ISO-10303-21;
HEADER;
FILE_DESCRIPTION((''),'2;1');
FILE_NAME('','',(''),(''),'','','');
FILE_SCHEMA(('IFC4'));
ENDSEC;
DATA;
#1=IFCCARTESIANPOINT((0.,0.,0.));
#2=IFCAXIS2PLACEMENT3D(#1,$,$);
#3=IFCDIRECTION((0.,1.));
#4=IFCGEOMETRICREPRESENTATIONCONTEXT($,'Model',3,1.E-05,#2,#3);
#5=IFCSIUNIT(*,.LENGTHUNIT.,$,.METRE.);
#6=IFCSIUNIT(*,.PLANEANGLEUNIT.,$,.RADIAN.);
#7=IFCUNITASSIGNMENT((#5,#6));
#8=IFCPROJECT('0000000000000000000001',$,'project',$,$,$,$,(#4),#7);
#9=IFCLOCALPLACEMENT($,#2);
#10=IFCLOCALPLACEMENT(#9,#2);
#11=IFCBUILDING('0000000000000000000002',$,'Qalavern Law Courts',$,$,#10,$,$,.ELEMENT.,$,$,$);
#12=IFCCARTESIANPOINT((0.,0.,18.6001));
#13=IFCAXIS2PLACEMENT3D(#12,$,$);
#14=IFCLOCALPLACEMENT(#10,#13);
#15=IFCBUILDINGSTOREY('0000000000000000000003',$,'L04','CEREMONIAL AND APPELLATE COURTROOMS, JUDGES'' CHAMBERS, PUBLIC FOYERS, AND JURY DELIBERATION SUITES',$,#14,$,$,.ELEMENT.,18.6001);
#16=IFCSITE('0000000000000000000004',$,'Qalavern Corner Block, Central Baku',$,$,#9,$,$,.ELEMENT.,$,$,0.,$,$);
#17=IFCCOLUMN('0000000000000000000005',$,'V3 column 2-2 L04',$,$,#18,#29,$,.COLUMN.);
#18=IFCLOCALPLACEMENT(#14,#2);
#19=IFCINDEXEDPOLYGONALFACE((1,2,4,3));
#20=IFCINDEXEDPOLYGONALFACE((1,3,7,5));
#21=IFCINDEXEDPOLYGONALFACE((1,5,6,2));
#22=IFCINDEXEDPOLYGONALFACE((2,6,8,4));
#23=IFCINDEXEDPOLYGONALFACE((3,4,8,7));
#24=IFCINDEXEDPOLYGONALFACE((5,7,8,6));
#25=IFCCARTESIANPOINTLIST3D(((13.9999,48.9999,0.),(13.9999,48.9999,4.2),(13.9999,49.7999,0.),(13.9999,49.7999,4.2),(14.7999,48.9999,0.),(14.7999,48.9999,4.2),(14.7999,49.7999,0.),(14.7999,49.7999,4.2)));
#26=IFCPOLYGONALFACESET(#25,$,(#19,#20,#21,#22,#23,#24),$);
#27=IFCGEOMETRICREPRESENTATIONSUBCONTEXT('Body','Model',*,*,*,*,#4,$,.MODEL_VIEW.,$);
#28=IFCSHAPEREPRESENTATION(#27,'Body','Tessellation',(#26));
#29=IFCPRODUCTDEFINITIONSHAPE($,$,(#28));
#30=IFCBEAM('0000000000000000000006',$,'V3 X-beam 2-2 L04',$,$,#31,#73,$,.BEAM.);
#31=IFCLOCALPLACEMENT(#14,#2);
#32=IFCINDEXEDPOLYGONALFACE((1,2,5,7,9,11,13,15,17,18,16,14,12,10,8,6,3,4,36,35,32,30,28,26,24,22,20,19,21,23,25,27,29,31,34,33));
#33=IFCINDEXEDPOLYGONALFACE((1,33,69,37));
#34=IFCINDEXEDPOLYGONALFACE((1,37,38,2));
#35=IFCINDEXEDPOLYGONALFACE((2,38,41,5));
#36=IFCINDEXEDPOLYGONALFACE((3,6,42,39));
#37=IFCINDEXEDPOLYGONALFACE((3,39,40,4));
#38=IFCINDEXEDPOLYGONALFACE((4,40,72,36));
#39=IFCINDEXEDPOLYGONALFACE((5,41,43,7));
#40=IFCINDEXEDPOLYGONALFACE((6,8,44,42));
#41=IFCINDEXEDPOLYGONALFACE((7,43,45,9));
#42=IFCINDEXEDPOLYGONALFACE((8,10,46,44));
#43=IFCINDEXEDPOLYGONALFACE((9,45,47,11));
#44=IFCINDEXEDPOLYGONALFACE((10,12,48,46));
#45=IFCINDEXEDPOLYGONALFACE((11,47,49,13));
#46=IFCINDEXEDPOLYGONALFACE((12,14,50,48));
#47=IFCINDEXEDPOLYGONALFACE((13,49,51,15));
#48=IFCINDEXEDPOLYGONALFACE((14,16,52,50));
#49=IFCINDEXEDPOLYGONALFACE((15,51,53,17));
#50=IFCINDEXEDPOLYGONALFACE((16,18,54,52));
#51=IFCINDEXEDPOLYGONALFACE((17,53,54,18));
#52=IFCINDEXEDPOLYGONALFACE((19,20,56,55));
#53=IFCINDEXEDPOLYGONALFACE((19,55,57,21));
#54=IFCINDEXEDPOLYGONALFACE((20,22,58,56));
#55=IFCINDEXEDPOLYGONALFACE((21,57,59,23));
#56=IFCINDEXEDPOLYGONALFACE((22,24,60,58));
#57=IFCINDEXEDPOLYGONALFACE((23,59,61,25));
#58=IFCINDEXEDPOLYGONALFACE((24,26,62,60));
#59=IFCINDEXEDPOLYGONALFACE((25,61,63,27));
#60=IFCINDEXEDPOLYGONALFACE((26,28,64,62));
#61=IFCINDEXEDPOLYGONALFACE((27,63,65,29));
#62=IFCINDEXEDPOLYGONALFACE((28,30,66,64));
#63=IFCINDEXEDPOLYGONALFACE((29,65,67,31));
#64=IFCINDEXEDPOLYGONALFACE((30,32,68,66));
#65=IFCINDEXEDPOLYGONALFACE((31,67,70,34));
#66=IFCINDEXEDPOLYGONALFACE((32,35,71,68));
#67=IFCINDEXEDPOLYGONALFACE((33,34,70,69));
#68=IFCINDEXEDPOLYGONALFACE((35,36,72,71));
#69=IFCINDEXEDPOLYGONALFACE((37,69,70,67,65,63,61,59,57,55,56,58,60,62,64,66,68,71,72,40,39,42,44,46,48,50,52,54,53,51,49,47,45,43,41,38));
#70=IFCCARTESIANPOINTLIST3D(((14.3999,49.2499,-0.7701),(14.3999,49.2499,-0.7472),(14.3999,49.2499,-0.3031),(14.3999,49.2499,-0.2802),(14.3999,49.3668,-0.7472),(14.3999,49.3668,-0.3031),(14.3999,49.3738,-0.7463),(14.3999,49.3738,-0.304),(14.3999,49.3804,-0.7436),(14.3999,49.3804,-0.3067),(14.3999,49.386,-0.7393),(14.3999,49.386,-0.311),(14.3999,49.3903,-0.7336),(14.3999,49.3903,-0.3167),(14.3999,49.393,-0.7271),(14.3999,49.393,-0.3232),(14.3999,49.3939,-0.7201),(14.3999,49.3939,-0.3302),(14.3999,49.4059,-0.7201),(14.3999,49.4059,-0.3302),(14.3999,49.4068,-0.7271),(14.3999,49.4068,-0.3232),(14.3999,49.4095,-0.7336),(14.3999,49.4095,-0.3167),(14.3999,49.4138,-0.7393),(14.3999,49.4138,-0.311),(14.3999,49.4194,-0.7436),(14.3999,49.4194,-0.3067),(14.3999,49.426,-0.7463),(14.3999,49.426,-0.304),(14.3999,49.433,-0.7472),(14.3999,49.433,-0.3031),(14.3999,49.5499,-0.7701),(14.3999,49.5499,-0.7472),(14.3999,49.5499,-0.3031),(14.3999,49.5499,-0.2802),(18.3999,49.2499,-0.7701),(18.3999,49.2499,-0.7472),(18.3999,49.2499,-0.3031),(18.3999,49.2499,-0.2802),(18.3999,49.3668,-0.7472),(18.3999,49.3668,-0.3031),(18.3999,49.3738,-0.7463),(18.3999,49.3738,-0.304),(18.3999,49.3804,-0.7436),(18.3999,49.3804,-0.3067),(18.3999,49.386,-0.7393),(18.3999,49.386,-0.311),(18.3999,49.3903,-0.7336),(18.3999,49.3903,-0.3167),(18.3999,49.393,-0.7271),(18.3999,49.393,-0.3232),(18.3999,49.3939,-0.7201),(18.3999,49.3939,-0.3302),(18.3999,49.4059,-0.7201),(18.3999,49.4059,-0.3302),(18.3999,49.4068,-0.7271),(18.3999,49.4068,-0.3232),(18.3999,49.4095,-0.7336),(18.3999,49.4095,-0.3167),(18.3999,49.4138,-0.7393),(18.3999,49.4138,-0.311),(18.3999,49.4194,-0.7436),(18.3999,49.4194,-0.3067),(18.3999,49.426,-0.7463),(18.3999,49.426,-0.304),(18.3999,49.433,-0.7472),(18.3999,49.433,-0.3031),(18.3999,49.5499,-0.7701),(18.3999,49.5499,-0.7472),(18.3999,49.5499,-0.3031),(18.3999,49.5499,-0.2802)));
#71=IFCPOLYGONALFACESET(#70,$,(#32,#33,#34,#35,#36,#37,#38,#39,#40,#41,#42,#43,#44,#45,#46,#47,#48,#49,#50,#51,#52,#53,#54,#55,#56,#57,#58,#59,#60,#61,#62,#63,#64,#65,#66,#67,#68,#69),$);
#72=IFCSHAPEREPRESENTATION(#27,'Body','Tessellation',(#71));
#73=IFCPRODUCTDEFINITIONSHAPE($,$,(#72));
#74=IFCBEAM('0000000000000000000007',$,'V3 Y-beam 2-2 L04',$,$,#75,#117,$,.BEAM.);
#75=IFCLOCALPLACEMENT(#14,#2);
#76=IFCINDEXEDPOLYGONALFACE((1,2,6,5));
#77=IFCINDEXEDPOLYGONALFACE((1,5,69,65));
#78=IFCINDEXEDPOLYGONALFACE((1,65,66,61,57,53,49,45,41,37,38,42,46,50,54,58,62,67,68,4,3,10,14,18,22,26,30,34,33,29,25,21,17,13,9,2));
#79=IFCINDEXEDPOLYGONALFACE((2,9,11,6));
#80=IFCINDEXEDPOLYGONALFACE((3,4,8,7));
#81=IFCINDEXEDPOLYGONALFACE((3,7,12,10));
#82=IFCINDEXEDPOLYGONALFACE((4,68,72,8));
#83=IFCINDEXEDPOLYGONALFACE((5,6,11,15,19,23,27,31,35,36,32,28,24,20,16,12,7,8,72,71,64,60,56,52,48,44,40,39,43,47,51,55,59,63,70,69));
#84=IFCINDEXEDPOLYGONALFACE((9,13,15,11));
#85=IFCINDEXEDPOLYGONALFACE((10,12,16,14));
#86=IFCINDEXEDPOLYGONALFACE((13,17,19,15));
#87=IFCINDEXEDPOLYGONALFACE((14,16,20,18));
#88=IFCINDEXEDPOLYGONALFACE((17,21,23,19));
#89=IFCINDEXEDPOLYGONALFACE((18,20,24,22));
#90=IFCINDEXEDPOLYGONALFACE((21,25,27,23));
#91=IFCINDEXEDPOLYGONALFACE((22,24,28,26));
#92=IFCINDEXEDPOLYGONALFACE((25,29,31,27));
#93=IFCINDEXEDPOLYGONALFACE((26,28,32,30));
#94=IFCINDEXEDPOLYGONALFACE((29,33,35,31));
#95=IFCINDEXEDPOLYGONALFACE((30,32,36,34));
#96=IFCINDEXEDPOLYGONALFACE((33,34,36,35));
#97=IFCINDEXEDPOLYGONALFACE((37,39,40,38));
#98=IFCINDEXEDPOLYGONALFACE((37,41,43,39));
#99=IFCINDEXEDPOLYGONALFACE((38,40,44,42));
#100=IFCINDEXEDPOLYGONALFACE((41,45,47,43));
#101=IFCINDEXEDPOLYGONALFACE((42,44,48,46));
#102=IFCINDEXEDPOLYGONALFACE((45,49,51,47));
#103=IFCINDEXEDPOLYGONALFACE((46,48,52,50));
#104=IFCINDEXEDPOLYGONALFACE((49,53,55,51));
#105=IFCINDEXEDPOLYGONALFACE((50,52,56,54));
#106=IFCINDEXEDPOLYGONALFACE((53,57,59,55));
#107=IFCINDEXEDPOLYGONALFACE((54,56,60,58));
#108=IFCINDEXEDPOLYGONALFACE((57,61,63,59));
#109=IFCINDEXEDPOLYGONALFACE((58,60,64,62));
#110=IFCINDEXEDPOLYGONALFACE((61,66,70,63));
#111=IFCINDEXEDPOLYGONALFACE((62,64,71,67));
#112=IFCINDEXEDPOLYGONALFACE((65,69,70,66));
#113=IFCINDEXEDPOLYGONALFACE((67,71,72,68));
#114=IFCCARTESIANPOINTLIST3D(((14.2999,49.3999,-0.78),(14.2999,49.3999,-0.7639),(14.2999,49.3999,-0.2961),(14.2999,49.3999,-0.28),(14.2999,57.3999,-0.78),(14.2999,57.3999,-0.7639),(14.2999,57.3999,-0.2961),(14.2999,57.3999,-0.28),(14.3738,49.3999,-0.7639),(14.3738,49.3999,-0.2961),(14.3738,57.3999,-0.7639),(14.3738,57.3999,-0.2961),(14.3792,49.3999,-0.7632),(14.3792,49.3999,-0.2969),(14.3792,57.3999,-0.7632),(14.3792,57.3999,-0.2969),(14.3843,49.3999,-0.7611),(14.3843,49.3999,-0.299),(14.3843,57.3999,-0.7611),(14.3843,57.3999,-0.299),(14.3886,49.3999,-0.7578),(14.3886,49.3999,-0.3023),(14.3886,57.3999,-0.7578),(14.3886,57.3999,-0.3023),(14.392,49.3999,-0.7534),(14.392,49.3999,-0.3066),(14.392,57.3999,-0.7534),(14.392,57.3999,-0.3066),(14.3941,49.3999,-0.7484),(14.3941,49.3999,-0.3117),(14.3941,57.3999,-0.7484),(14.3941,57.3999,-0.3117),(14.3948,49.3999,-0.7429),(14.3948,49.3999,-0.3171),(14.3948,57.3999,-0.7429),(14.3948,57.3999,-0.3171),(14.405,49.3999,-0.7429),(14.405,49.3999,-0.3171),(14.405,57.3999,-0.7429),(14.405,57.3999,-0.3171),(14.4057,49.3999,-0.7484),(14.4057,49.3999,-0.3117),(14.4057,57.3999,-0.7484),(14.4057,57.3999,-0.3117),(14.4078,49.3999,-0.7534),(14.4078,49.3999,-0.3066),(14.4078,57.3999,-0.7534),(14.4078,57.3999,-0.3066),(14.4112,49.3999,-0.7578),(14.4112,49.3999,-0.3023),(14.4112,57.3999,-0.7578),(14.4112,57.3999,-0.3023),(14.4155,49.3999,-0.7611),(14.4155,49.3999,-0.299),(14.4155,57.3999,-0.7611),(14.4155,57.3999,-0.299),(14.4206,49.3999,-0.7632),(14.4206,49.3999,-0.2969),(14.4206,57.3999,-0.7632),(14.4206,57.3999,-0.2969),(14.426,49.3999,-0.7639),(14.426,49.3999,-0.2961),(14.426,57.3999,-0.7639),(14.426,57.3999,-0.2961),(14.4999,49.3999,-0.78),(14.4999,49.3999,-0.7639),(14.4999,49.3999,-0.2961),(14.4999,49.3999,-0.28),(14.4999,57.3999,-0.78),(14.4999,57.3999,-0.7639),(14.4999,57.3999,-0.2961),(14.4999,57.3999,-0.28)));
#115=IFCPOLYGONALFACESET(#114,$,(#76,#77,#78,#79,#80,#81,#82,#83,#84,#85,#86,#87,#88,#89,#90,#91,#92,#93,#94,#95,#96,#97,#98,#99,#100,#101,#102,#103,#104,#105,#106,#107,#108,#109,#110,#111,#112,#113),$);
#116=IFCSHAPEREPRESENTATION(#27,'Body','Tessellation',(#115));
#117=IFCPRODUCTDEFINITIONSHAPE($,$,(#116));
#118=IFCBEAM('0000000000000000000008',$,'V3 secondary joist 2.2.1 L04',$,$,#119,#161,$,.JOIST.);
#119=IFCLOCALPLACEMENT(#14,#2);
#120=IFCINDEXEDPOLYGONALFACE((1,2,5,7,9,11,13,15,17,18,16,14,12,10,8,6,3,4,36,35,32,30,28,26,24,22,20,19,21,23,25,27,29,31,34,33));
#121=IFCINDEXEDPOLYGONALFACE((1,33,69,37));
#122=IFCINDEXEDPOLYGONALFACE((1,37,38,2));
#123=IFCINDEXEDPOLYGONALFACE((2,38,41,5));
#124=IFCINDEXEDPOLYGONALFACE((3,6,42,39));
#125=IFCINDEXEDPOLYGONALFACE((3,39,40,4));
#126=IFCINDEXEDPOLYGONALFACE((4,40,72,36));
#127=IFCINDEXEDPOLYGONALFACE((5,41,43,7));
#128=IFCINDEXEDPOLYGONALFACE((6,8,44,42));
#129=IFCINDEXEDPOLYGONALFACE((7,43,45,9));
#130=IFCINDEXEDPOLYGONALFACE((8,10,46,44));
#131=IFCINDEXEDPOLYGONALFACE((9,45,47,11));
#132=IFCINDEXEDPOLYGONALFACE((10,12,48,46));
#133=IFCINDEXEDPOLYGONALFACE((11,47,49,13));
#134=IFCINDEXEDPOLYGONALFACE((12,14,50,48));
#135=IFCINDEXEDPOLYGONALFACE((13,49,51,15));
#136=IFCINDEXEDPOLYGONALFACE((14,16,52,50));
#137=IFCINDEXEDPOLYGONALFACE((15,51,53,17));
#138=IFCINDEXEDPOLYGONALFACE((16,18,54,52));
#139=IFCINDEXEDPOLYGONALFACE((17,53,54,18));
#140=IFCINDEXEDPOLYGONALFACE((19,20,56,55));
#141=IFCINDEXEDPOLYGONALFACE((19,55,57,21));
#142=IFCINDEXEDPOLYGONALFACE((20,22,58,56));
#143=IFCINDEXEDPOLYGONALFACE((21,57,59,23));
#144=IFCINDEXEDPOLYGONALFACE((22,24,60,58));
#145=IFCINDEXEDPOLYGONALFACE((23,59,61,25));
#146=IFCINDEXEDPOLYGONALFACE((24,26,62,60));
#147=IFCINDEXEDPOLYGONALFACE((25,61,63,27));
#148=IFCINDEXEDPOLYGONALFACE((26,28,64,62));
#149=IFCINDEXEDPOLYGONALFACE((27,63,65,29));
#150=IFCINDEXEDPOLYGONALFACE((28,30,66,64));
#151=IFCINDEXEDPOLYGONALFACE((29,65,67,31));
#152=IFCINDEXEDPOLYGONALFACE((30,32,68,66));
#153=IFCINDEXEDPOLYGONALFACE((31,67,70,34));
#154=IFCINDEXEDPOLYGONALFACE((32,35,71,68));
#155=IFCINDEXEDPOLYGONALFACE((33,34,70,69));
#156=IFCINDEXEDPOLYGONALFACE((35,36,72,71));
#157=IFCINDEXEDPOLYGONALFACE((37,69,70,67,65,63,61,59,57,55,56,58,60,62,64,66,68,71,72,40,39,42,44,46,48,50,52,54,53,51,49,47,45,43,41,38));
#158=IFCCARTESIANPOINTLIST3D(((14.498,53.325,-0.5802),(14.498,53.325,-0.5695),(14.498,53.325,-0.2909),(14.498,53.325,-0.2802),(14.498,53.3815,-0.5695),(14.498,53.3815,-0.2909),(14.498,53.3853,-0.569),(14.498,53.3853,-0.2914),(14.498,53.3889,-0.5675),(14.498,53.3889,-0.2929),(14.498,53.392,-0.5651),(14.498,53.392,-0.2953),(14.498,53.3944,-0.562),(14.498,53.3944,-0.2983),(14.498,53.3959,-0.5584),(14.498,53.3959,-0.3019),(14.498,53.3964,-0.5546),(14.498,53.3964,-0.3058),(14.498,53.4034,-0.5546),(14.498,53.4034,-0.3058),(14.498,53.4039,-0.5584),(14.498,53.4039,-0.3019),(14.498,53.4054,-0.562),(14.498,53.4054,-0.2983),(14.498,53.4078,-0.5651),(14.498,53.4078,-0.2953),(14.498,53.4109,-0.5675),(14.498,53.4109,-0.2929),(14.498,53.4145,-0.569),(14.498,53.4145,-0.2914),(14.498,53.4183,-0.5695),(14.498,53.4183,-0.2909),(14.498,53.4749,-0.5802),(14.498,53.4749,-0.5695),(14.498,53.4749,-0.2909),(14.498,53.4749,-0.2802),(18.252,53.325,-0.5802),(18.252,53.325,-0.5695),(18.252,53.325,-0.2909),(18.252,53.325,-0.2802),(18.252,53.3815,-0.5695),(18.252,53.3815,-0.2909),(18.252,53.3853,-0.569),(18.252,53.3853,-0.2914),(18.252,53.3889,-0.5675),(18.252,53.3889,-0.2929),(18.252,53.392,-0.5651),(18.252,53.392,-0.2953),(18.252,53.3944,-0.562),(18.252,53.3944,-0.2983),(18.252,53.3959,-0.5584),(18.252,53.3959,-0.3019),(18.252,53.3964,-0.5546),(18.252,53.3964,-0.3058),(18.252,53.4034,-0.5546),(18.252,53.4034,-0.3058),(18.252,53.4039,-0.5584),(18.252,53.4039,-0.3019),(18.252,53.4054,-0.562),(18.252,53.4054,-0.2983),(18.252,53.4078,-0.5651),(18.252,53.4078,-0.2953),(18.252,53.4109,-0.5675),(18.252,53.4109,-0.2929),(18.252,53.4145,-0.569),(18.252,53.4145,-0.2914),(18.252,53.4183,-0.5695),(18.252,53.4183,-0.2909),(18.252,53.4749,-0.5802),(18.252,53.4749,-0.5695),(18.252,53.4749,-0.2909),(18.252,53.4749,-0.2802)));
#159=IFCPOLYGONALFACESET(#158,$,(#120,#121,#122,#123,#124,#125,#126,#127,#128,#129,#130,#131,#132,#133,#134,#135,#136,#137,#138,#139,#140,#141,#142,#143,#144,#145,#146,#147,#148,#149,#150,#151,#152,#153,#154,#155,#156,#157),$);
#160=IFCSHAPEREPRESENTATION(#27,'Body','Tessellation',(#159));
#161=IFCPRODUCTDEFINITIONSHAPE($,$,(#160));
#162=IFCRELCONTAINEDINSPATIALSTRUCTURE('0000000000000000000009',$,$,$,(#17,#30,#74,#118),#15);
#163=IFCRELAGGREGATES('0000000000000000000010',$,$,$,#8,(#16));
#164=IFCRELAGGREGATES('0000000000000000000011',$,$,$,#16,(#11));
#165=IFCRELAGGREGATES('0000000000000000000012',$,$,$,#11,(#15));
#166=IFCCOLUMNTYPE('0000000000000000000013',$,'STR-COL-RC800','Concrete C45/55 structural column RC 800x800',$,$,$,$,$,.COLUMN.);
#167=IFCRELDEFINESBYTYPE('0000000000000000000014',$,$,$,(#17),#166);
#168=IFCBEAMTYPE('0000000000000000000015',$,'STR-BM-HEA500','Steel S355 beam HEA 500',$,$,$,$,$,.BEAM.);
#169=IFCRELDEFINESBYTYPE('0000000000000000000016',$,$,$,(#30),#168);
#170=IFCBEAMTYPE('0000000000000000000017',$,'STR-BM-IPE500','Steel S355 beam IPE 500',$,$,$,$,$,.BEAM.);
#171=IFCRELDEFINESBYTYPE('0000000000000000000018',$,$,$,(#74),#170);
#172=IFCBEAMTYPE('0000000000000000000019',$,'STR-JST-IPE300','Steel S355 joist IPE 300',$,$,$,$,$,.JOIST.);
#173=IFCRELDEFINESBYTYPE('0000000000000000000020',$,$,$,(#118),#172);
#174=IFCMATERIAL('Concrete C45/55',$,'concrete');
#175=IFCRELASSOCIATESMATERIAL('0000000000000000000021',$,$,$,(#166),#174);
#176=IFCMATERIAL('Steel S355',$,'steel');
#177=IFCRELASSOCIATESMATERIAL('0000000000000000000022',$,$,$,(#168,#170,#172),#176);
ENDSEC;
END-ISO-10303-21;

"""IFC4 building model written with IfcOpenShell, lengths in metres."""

from ifc_helpers import new_model, si_unit, direction, frame, origin, origin_2d, place, context, subcontext, project, spatial, rectangle, i_section, extrude, material, material_profile, profile_set, type_object, element, save


model = new_model("IFC4")

# Units and contexts
model_context = context("Model", 3, precision=1e-05, world=origin(), true_north=direction((0.0, 1.0)))
body_context = subcontext(model_context, "Body", "Model", "MODEL_VIEW")
ifc_project = project(units=[si_unit("LENGTHUNIT", "METRE"), si_unit("PLANEANGLEUNIT", "RADIAN")], contexts=[model_context])

# Site, building, storey
site_placement = place(None, origin())
site = spatial("IfcSite", under=ifc_project, at=site_placement, Name="Qalavern Corner Block, Central Baku", CompositionType="ELEMENT", RefElevation=0.0)
building_placement = place(site_placement, origin())
building = spatial("IfcBuilding", under=site, at=building_placement, Name="Qalavern Law Courts", CompositionType="ELEMENT")
storey_placement = place(building_placement, frame((0.0, 0.0, 18.6001)))
storey = spatial("IfcBuildingStorey", under=building, at=storey_placement, Name="L04", Description="CEREMONIAL AND APPELLATE COURTROOMS, JUDGES' CHAMBERS, PUBLIC FOYERS, AND JURY DELIBERATION SUITES", CompositionType="ELEMENT", Elevation=18.6001)

# Column
ifc_material_1 = material(Name="Concrete C45/55", Category="concrete")
ifc_material_profile_1 = material_profile(ifc_material_1, rectangle(XDim=0.8, YDim=0.8, at=origin_2d()), Name="RC 800x800")
ifc_profile_set_1 = profile_set([ifc_material_profile_1], Name="Concrete C45/55")
column_type = type_object("IfcColumnType", Name="STR-COL-RC800", Description="Concrete C45/55 structural column RC 800x800", PredefinedType="COLUMN", material=ifc_profile_set_1)
column_placement = place(storey_placement, frame((14.3999, 49.3999, 0.0), z_axis=(0.0, 0.0, 1.0), x_axis=(1.0, 0.0, 0.0)))
element("IfcColumn", 1, at=column_placement, inside=storey, type_object=column_type, Name="V3 column 2-2 L04", PredefinedType="COLUMN", context=body_context, shape_type="SweptSolid", body=[
    extrude(rectangle(XDim=0.8, YDim=0.8, at=origin_2d()), origin(), (0.0, 0.0, 1.0), 4.2),
])

# Beams
ifc_material_2 = material(Name="Steel S355", Category="steel")
ifc_material_profile_2 = material_profile(ifc_material_2, i_section(OverallWidth=0.3, OverallDepth=0.49, WebThickness=0.012, FlangeThickness=0.0229, FilletRadius=0.0271, at=origin_2d()), Name="HEA 500")
ifc_profile_set_2 = profile_set([ifc_material_profile_2], Name="Steel S355")
beam_type_1 = type_object("IfcBeamType", Name="STR-BM-HEA500", Description="Steel S355 beam HEA 500", PredefinedType="BEAM", material=ifc_profile_set_2)
beam_1_placement = place(storey_placement, frame((14.3999, 49.3999, -0.5251), z_axis=(1.0, 0.0, 0.0), x_axis=(0.0, 1.0, 0.0)))
element("IfcBeam", 2, at=beam_1_placement, inside=storey, type_object=beam_type_1, Name="V3 X-beam 2-2 L04", PredefinedType="BEAM", context=body_context, shape_type="SweptSolid", body=[
    extrude(i_section(OverallWidth=0.3, OverallDepth=0.49, WebThickness=0.012, FlangeThickness=0.0229, FilletRadius=0.0271, at=origin_2d()), origin(), (0.0, 0.0, 1.0), 4.0),
])
ifc_material_profile_3 = material_profile(ifc_material_2, i_section(OverallWidth=0.2, OverallDepth=0.5, WebThickness=0.0103, FlangeThickness=0.0161, FilletRadius=0.021, at=origin_2d()), Name="IPE 500")
ifc_profile_set_3 = profile_set([ifc_material_profile_3], Name="Steel S355")
beam_type_2 = type_object("IfcBeamType", Name="STR-BM-IPE500", Description="Steel S355 beam IPE 500", PredefinedType="BEAM", material=ifc_profile_set_3)
beam_2_placement = place(storey_placement, frame((14.3999, 49.3999, -0.53), z_axis=(0.0, 1.0, 0.0), x_axis=(-1.0, 0.0, 0.0)))
element("IfcBeam", 3, at=beam_2_placement, inside=storey, type_object=beam_type_2, Name="V3 Y-beam 2-2 L04", PredefinedType="BEAM", context=body_context, shape_type="SweptSolid", body=[
    extrude(i_section(OverallWidth=0.2, OverallDepth=0.5, WebThickness=0.0103, FlangeThickness=0.0161, FilletRadius=0.021, at=origin_2d()), origin(), (0.0, 0.0, 1.0), 8.0),
])
ifc_material_profile_4 = material_profile(ifc_material_2, i_section(OverallWidth=0.1499, OverallDepth=0.3, WebThickness=0.0071, FlangeThickness=0.0107, FilletRadius=0.0149, at=origin_2d()), Name="IPE 300")
ifc_profile_set_4 = profile_set([ifc_material_profile_4], Name="Steel S355")
beam_type_3 = type_object("IfcBeamType", Name="STR-JST-IPE300", Description="Steel S355 joist IPE 300", PredefinedType="JOIST", material=ifc_profile_set_4)
beam_3_placement = place(storey_placement, frame((14.498, 53.3999, -0.4302), z_axis=(1.0, 0.0, 0.0), x_axis=(0.0, 1.0, 0.0)))
element("IfcBeam", 4, at=beam_3_placement, inside=storey, type_object=beam_type_3, Name="V3 secondary joist 2.2.1 L04", PredefinedType="JOIST", context=body_context, shape_type="SweptSolid", body=[
    extrude(i_section(OverallWidth=0.1499, OverallDepth=0.3, WebThickness=0.0071, FlangeThickness=0.0107, FilletRadius=0.0149, at=origin_2d()), origin(), (0.0, 0.0, 1.0), 3.7539),
])

save(model, "model.ifc")
